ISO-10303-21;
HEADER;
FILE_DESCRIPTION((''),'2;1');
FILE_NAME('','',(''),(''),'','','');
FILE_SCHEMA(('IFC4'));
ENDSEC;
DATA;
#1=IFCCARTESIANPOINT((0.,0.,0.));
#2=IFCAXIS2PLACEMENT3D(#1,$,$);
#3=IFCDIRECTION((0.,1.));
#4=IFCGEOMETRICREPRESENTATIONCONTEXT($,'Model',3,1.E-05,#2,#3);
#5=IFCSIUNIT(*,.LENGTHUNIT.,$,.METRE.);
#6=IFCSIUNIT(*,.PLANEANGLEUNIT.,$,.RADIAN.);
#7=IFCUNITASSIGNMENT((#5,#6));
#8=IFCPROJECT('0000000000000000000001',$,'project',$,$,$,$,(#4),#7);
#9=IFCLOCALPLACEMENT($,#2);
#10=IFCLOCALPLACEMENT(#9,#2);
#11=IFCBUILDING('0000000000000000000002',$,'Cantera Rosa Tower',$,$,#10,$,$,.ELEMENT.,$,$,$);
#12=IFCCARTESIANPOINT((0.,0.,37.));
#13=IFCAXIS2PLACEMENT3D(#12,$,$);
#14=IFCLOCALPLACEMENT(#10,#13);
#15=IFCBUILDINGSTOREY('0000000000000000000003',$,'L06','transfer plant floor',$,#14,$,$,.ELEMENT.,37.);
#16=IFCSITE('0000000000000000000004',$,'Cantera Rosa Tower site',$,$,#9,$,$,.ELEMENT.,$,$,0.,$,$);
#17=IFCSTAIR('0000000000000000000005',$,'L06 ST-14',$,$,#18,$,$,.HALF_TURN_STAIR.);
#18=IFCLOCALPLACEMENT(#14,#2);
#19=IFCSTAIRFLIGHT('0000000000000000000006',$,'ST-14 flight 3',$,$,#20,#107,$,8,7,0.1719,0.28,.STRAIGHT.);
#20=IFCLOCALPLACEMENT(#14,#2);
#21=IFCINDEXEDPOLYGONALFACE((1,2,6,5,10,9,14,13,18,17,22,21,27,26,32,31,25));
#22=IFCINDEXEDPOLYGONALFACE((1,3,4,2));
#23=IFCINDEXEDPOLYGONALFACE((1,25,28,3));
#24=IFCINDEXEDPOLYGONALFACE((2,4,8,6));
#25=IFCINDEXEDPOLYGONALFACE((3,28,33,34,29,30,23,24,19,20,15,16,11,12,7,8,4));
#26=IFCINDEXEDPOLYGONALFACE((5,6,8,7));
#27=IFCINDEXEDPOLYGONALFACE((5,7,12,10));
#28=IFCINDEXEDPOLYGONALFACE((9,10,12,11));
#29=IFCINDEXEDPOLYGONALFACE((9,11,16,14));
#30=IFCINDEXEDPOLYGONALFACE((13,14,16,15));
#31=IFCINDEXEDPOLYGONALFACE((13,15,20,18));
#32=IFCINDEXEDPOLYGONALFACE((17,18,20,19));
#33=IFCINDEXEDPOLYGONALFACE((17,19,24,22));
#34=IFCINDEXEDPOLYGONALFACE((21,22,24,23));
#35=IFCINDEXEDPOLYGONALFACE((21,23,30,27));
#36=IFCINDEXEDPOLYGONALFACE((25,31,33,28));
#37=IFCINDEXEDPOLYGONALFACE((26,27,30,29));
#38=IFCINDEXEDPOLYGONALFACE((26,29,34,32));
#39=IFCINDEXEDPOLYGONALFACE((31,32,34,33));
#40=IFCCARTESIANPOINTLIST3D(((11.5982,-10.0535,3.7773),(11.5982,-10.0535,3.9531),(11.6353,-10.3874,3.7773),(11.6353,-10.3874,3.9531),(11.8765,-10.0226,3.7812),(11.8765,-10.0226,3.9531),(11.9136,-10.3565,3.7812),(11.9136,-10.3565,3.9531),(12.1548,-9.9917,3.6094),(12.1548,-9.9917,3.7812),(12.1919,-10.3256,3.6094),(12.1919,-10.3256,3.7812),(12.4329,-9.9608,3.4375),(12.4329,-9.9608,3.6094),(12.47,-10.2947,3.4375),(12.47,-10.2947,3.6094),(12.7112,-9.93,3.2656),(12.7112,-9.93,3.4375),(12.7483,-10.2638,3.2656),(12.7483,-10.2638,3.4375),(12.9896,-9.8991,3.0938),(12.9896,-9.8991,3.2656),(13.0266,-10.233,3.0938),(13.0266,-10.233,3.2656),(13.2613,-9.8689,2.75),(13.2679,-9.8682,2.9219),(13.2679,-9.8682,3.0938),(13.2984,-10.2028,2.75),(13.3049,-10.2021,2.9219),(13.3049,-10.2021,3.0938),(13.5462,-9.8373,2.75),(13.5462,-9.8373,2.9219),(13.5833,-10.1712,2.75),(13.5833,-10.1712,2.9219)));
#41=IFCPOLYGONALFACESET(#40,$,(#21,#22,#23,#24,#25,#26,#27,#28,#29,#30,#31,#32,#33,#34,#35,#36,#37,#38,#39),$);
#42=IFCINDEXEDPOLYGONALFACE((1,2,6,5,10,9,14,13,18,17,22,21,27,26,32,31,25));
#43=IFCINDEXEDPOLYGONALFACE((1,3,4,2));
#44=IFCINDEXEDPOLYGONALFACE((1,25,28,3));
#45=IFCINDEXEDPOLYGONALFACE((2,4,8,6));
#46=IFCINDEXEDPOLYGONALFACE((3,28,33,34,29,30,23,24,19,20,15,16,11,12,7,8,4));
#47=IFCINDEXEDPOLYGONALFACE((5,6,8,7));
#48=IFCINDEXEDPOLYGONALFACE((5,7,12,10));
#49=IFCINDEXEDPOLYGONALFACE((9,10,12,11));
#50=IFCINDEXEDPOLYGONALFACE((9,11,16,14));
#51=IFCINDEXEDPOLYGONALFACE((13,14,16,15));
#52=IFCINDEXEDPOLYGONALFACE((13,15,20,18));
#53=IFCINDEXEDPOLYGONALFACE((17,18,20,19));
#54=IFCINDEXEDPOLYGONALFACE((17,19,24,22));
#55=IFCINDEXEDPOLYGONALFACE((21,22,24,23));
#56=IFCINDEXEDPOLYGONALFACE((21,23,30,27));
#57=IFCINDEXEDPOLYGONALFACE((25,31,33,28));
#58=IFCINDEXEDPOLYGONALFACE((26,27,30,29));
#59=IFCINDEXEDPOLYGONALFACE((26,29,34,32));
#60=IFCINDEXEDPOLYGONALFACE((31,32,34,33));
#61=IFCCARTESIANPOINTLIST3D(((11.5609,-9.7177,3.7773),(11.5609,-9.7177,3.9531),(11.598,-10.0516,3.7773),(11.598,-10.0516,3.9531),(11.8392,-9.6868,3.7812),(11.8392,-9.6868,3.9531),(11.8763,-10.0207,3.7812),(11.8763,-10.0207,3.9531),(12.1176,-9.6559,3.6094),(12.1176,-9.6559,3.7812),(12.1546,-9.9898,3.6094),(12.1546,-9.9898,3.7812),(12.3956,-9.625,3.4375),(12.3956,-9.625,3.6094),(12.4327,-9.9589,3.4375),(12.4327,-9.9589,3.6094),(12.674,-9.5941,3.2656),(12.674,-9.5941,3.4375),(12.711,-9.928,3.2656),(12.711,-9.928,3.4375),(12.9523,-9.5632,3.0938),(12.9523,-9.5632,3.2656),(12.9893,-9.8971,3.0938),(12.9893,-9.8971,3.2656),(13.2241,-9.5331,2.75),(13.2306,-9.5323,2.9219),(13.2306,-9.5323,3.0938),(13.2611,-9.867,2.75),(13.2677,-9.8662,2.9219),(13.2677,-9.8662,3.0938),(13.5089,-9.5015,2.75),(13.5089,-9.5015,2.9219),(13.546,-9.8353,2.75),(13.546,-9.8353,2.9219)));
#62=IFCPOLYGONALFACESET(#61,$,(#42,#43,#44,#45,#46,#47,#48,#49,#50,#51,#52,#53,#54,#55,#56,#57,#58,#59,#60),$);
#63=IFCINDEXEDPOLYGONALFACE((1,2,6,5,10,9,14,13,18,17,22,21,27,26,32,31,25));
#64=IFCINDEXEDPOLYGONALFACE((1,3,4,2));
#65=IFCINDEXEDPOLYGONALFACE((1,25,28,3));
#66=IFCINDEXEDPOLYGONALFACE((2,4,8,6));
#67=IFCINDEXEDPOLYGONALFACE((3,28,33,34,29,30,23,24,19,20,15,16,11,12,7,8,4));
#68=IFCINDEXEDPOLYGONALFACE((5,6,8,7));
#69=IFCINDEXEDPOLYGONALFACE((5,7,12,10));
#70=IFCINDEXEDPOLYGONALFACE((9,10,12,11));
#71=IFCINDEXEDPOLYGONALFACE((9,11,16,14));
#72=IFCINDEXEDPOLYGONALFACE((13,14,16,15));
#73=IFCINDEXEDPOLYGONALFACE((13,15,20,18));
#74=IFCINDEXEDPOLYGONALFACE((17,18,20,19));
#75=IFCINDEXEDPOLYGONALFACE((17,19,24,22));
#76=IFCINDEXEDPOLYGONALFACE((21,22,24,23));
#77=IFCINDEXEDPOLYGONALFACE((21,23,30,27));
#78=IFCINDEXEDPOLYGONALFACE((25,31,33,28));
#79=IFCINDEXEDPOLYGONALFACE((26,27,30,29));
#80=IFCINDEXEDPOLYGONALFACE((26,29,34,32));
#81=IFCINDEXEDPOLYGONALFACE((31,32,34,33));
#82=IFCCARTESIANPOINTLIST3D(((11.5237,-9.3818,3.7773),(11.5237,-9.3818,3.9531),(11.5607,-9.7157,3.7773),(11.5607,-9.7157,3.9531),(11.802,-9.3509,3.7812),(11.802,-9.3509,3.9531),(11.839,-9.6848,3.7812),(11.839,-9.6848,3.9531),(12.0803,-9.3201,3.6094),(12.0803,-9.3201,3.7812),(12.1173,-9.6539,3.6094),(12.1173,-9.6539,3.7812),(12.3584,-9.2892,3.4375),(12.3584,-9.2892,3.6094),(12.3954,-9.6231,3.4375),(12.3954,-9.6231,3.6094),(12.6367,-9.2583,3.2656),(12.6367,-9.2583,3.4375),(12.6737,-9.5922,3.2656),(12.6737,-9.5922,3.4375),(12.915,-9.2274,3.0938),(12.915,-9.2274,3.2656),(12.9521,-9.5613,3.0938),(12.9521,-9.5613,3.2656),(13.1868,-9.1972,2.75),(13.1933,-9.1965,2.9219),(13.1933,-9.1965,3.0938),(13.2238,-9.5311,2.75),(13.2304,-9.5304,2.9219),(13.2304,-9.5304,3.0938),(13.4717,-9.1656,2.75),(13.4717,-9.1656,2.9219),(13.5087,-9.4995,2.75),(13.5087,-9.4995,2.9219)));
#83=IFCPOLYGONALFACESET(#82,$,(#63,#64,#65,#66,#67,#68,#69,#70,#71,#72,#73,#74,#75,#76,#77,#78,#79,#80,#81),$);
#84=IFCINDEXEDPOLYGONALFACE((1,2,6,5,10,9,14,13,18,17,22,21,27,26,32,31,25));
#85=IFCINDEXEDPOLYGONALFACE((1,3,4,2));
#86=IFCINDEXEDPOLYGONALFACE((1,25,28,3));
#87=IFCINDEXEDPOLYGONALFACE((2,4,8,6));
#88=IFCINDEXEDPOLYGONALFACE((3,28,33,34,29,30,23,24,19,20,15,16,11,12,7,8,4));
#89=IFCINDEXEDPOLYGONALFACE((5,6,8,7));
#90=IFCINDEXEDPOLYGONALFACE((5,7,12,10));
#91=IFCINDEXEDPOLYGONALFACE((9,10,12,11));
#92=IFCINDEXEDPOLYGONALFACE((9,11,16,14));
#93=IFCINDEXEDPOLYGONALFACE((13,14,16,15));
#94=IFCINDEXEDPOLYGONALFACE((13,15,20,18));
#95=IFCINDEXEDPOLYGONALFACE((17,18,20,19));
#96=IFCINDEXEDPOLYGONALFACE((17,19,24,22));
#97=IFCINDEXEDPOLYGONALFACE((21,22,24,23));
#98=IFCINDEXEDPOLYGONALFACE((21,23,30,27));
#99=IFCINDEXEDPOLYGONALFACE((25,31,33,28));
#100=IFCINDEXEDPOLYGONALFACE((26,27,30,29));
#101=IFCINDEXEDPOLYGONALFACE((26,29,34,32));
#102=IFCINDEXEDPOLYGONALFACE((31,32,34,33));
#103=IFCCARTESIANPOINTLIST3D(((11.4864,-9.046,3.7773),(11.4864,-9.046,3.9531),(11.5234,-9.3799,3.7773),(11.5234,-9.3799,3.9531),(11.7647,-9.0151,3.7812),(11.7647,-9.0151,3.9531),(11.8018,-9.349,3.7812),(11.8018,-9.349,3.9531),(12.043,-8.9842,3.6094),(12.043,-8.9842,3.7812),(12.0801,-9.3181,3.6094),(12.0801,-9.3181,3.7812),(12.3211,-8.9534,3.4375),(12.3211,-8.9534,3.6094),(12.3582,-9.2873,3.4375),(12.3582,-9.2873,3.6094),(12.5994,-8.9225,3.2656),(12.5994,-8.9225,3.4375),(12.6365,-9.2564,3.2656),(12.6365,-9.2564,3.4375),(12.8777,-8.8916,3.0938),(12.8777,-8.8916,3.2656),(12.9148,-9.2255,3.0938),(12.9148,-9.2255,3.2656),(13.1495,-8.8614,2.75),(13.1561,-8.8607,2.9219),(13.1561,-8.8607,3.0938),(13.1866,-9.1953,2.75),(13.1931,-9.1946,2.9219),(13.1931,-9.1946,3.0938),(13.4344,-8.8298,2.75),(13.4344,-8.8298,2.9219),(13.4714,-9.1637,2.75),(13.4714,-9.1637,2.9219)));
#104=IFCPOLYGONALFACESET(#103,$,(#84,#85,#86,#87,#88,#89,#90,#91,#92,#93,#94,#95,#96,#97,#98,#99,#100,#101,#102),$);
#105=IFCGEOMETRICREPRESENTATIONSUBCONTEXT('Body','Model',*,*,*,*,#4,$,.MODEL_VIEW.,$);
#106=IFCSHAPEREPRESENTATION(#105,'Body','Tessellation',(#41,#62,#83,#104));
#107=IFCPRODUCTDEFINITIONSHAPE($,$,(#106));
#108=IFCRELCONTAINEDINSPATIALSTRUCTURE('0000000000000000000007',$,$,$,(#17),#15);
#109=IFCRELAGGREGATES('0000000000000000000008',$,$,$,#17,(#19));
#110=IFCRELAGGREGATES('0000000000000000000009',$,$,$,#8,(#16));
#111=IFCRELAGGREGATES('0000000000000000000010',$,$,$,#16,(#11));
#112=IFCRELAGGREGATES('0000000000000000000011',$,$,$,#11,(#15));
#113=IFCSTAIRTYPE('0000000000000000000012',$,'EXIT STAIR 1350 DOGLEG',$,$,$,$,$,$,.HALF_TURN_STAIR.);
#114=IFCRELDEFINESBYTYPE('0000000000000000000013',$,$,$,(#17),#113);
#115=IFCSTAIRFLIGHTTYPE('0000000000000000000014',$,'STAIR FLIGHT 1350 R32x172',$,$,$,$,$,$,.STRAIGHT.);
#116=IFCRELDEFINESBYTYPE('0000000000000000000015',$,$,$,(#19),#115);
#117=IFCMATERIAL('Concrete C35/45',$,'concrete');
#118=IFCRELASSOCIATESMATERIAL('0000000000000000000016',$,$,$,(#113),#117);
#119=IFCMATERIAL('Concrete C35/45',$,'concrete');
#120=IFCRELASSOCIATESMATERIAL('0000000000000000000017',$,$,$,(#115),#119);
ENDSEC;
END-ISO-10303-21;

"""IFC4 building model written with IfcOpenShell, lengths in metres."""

from ifc_helpers import new_model, si_unit, direction, frame, origin, place, context, subcontext, project, spatial, polyline, outline, extrude, material, type_object, element, aggregate, save


model = new_model("IFC4")

# Units and contexts
model_context = context("Model", 3, precision=1e-05, world=origin(), true_north=direction((0.0, 1.0)))
body_context = subcontext(model_context, "Body", "Model", "MODEL_VIEW")
ifc_project = project(units=[si_unit("LENGTHUNIT", "METRE"), si_unit("PLANEANGLEUNIT", "RADIAN")], contexts=[model_context])

# Site, building, storey
site_placement = place(None, origin())
site = spatial("IfcSite", under=ifc_project, at=site_placement, Name="Cantera Rosa Tower site", CompositionType="ELEMENT", RefElevation=0.0)
building_placement = place(site_placement, origin())
building = spatial("IfcBuilding", under=site, at=building_placement, Name="Cantera Rosa Tower", CompositionType="ELEMENT")
storey_placement = place(building_placement, frame((0.0, 0.0, 37.0)))
storey = spatial("IfcBuildingStorey", under=building, at=storey_placement, Name="L06", Description="transfer plant floor", CompositionType="ELEMENT", Elevation=37.0)

# Shared definitions
ifc_material_1 = material(Name="Concrete C35/45", Category="concrete")
stair_type = type_object("IfcStairType", Name="EXIT STAIR 1350 DOGLEG", PredefinedType="HALF_TURN_STAIR", material=ifc_material_1)

# Stair
stair_1_placement = place(storey_placement, origin())
stair_1 = element("IfcStair", 1, at=stair_1_placement, inside=storey, type_object=stair_type, Name="L06 ST-14", PredefinedType="HALF_TURN_STAIR")

# Stair flight
ifc_material_2 = material(Name="Concrete C35/45", Category="concrete")
stair_flight_type = type_object("IfcStairFlightType", Name="STAIR FLIGHT 1350 R32x172", PredefinedType="STRAIGHT", material=ifc_material_2)
stair_flight_placement = place(storey_placement, frame((13.5088, -9.5002, 2.75), z_axis=(0.0, 0.0, 1.0), x_axis=(-0.993897, -0.110313, 0.0)))
stair_flight = element("IfcStairFlight", 2, at=stair_flight_placement, type_object=stair_flight_type, Name="ST-14 flight 3", NumberOfRisers=8, NumberOfTreads=7, PredefinedType="STRAIGHT", RiserHeight=0.1719, TreadLength=0.28, context=body_context, shape_type="SweptSolid", body=[
    extrude(outline(polyline([(0.0, 0.0), (0.0, 0.1719), (0.28, 0.1719), (0.28, 0.3438), (0.5601, 0.3438), (0.5601, 0.5156), (0.8401, 0.5156), (0.8401, 0.6875), (1.1201, 0.6875), (1.1201, 0.8594), (1.3999, 0.8594), (1.3999, 1.0312), (1.6799, 1.0312), (1.6799, 1.2031), (1.96, 1.2031), (1.96, 1.375), (1.96, 1.0273), (0.2866, 0.0), (0.0, 0.0)])), frame((0.0, 0.675, 0.0), z_axis=(0.0, -1.0, 0.0), x_axis=(1.0, 0.0, 0.0)), (0.0, 0.0, 1.0), 0.3359),
    extrude(outline(polyline([(0.0, 0.0), (0.0, 0.1719), (0.28, 0.1719), (0.28, 0.3438), (0.5601, 0.3438), (0.5601, 0.5156), (0.8401, 0.5156), (0.8401, 0.6875), (1.1201, 0.6875), (1.1201, 0.8594), (1.3999, 0.8594), (1.3999, 1.0312), (1.6799, 1.0312), (1.6799, 1.2031), (1.96, 1.2031), (1.96, 1.375), (1.96, 1.0273), (0.2866, 0.0), (0.0, 0.0)])), frame((0.0, 0.3372, 0.0), z_axis=(0.0, -1.0, 0.0), x_axis=(1.0, 0.0, 0.0)), (0.0, 0.0, 1.0), 0.3359),
    extrude(outline(polyline([(0.0, 0.0), (0.0, 0.1719), (0.28, 0.1719), (0.28, 0.3438), (0.5601, 0.3438), (0.5601, 0.5156), (0.8401, 0.5156), (0.8401, 0.6875), (1.1201, 0.6875), (1.1201, 0.8594), (1.3999, 0.8594), (1.3999, 1.0312), (1.6799, 1.0312), (1.6799, 1.2031), (1.96, 1.2031), (1.96, 1.375), (1.96, 1.0273), (0.2866, 0.0), (0.0, 0.0)])), frame((0.0, -0.0007, 0.0), z_axis=(0.0, -1.0, 0.0), x_axis=(1.0, 0.0, 0.0)), (0.0, 0.0, 1.0), 0.3359),
    extrude(outline(polyline([(0.0, 0.0), (0.0, 0.1719), (0.28, 0.1719), (0.28, 0.3438), (0.5601, 0.3438), (0.5601, 0.5156), (0.8401, 0.5156), (0.8401, 0.6875), (1.1201, 0.6875), (1.1201, 0.8594), (1.3999, 0.8594), (1.3999, 1.0312), (1.6799, 1.0312), (1.6799, 1.2031), (1.96, 1.2031), (1.96, 1.375), (1.96, 1.0273), (0.2866, 0.0), (0.0, 0.0)])), frame((0.0, -0.3386, 0.0), z_axis=(0.0, -1.0, 0.0), x_axis=(1.0, 0.0, 0.0)), (0.0, 0.0, 1.0), 0.3359),
])
aggregate(stair_1, [stair_flight])

save(model, "model.ifc")
